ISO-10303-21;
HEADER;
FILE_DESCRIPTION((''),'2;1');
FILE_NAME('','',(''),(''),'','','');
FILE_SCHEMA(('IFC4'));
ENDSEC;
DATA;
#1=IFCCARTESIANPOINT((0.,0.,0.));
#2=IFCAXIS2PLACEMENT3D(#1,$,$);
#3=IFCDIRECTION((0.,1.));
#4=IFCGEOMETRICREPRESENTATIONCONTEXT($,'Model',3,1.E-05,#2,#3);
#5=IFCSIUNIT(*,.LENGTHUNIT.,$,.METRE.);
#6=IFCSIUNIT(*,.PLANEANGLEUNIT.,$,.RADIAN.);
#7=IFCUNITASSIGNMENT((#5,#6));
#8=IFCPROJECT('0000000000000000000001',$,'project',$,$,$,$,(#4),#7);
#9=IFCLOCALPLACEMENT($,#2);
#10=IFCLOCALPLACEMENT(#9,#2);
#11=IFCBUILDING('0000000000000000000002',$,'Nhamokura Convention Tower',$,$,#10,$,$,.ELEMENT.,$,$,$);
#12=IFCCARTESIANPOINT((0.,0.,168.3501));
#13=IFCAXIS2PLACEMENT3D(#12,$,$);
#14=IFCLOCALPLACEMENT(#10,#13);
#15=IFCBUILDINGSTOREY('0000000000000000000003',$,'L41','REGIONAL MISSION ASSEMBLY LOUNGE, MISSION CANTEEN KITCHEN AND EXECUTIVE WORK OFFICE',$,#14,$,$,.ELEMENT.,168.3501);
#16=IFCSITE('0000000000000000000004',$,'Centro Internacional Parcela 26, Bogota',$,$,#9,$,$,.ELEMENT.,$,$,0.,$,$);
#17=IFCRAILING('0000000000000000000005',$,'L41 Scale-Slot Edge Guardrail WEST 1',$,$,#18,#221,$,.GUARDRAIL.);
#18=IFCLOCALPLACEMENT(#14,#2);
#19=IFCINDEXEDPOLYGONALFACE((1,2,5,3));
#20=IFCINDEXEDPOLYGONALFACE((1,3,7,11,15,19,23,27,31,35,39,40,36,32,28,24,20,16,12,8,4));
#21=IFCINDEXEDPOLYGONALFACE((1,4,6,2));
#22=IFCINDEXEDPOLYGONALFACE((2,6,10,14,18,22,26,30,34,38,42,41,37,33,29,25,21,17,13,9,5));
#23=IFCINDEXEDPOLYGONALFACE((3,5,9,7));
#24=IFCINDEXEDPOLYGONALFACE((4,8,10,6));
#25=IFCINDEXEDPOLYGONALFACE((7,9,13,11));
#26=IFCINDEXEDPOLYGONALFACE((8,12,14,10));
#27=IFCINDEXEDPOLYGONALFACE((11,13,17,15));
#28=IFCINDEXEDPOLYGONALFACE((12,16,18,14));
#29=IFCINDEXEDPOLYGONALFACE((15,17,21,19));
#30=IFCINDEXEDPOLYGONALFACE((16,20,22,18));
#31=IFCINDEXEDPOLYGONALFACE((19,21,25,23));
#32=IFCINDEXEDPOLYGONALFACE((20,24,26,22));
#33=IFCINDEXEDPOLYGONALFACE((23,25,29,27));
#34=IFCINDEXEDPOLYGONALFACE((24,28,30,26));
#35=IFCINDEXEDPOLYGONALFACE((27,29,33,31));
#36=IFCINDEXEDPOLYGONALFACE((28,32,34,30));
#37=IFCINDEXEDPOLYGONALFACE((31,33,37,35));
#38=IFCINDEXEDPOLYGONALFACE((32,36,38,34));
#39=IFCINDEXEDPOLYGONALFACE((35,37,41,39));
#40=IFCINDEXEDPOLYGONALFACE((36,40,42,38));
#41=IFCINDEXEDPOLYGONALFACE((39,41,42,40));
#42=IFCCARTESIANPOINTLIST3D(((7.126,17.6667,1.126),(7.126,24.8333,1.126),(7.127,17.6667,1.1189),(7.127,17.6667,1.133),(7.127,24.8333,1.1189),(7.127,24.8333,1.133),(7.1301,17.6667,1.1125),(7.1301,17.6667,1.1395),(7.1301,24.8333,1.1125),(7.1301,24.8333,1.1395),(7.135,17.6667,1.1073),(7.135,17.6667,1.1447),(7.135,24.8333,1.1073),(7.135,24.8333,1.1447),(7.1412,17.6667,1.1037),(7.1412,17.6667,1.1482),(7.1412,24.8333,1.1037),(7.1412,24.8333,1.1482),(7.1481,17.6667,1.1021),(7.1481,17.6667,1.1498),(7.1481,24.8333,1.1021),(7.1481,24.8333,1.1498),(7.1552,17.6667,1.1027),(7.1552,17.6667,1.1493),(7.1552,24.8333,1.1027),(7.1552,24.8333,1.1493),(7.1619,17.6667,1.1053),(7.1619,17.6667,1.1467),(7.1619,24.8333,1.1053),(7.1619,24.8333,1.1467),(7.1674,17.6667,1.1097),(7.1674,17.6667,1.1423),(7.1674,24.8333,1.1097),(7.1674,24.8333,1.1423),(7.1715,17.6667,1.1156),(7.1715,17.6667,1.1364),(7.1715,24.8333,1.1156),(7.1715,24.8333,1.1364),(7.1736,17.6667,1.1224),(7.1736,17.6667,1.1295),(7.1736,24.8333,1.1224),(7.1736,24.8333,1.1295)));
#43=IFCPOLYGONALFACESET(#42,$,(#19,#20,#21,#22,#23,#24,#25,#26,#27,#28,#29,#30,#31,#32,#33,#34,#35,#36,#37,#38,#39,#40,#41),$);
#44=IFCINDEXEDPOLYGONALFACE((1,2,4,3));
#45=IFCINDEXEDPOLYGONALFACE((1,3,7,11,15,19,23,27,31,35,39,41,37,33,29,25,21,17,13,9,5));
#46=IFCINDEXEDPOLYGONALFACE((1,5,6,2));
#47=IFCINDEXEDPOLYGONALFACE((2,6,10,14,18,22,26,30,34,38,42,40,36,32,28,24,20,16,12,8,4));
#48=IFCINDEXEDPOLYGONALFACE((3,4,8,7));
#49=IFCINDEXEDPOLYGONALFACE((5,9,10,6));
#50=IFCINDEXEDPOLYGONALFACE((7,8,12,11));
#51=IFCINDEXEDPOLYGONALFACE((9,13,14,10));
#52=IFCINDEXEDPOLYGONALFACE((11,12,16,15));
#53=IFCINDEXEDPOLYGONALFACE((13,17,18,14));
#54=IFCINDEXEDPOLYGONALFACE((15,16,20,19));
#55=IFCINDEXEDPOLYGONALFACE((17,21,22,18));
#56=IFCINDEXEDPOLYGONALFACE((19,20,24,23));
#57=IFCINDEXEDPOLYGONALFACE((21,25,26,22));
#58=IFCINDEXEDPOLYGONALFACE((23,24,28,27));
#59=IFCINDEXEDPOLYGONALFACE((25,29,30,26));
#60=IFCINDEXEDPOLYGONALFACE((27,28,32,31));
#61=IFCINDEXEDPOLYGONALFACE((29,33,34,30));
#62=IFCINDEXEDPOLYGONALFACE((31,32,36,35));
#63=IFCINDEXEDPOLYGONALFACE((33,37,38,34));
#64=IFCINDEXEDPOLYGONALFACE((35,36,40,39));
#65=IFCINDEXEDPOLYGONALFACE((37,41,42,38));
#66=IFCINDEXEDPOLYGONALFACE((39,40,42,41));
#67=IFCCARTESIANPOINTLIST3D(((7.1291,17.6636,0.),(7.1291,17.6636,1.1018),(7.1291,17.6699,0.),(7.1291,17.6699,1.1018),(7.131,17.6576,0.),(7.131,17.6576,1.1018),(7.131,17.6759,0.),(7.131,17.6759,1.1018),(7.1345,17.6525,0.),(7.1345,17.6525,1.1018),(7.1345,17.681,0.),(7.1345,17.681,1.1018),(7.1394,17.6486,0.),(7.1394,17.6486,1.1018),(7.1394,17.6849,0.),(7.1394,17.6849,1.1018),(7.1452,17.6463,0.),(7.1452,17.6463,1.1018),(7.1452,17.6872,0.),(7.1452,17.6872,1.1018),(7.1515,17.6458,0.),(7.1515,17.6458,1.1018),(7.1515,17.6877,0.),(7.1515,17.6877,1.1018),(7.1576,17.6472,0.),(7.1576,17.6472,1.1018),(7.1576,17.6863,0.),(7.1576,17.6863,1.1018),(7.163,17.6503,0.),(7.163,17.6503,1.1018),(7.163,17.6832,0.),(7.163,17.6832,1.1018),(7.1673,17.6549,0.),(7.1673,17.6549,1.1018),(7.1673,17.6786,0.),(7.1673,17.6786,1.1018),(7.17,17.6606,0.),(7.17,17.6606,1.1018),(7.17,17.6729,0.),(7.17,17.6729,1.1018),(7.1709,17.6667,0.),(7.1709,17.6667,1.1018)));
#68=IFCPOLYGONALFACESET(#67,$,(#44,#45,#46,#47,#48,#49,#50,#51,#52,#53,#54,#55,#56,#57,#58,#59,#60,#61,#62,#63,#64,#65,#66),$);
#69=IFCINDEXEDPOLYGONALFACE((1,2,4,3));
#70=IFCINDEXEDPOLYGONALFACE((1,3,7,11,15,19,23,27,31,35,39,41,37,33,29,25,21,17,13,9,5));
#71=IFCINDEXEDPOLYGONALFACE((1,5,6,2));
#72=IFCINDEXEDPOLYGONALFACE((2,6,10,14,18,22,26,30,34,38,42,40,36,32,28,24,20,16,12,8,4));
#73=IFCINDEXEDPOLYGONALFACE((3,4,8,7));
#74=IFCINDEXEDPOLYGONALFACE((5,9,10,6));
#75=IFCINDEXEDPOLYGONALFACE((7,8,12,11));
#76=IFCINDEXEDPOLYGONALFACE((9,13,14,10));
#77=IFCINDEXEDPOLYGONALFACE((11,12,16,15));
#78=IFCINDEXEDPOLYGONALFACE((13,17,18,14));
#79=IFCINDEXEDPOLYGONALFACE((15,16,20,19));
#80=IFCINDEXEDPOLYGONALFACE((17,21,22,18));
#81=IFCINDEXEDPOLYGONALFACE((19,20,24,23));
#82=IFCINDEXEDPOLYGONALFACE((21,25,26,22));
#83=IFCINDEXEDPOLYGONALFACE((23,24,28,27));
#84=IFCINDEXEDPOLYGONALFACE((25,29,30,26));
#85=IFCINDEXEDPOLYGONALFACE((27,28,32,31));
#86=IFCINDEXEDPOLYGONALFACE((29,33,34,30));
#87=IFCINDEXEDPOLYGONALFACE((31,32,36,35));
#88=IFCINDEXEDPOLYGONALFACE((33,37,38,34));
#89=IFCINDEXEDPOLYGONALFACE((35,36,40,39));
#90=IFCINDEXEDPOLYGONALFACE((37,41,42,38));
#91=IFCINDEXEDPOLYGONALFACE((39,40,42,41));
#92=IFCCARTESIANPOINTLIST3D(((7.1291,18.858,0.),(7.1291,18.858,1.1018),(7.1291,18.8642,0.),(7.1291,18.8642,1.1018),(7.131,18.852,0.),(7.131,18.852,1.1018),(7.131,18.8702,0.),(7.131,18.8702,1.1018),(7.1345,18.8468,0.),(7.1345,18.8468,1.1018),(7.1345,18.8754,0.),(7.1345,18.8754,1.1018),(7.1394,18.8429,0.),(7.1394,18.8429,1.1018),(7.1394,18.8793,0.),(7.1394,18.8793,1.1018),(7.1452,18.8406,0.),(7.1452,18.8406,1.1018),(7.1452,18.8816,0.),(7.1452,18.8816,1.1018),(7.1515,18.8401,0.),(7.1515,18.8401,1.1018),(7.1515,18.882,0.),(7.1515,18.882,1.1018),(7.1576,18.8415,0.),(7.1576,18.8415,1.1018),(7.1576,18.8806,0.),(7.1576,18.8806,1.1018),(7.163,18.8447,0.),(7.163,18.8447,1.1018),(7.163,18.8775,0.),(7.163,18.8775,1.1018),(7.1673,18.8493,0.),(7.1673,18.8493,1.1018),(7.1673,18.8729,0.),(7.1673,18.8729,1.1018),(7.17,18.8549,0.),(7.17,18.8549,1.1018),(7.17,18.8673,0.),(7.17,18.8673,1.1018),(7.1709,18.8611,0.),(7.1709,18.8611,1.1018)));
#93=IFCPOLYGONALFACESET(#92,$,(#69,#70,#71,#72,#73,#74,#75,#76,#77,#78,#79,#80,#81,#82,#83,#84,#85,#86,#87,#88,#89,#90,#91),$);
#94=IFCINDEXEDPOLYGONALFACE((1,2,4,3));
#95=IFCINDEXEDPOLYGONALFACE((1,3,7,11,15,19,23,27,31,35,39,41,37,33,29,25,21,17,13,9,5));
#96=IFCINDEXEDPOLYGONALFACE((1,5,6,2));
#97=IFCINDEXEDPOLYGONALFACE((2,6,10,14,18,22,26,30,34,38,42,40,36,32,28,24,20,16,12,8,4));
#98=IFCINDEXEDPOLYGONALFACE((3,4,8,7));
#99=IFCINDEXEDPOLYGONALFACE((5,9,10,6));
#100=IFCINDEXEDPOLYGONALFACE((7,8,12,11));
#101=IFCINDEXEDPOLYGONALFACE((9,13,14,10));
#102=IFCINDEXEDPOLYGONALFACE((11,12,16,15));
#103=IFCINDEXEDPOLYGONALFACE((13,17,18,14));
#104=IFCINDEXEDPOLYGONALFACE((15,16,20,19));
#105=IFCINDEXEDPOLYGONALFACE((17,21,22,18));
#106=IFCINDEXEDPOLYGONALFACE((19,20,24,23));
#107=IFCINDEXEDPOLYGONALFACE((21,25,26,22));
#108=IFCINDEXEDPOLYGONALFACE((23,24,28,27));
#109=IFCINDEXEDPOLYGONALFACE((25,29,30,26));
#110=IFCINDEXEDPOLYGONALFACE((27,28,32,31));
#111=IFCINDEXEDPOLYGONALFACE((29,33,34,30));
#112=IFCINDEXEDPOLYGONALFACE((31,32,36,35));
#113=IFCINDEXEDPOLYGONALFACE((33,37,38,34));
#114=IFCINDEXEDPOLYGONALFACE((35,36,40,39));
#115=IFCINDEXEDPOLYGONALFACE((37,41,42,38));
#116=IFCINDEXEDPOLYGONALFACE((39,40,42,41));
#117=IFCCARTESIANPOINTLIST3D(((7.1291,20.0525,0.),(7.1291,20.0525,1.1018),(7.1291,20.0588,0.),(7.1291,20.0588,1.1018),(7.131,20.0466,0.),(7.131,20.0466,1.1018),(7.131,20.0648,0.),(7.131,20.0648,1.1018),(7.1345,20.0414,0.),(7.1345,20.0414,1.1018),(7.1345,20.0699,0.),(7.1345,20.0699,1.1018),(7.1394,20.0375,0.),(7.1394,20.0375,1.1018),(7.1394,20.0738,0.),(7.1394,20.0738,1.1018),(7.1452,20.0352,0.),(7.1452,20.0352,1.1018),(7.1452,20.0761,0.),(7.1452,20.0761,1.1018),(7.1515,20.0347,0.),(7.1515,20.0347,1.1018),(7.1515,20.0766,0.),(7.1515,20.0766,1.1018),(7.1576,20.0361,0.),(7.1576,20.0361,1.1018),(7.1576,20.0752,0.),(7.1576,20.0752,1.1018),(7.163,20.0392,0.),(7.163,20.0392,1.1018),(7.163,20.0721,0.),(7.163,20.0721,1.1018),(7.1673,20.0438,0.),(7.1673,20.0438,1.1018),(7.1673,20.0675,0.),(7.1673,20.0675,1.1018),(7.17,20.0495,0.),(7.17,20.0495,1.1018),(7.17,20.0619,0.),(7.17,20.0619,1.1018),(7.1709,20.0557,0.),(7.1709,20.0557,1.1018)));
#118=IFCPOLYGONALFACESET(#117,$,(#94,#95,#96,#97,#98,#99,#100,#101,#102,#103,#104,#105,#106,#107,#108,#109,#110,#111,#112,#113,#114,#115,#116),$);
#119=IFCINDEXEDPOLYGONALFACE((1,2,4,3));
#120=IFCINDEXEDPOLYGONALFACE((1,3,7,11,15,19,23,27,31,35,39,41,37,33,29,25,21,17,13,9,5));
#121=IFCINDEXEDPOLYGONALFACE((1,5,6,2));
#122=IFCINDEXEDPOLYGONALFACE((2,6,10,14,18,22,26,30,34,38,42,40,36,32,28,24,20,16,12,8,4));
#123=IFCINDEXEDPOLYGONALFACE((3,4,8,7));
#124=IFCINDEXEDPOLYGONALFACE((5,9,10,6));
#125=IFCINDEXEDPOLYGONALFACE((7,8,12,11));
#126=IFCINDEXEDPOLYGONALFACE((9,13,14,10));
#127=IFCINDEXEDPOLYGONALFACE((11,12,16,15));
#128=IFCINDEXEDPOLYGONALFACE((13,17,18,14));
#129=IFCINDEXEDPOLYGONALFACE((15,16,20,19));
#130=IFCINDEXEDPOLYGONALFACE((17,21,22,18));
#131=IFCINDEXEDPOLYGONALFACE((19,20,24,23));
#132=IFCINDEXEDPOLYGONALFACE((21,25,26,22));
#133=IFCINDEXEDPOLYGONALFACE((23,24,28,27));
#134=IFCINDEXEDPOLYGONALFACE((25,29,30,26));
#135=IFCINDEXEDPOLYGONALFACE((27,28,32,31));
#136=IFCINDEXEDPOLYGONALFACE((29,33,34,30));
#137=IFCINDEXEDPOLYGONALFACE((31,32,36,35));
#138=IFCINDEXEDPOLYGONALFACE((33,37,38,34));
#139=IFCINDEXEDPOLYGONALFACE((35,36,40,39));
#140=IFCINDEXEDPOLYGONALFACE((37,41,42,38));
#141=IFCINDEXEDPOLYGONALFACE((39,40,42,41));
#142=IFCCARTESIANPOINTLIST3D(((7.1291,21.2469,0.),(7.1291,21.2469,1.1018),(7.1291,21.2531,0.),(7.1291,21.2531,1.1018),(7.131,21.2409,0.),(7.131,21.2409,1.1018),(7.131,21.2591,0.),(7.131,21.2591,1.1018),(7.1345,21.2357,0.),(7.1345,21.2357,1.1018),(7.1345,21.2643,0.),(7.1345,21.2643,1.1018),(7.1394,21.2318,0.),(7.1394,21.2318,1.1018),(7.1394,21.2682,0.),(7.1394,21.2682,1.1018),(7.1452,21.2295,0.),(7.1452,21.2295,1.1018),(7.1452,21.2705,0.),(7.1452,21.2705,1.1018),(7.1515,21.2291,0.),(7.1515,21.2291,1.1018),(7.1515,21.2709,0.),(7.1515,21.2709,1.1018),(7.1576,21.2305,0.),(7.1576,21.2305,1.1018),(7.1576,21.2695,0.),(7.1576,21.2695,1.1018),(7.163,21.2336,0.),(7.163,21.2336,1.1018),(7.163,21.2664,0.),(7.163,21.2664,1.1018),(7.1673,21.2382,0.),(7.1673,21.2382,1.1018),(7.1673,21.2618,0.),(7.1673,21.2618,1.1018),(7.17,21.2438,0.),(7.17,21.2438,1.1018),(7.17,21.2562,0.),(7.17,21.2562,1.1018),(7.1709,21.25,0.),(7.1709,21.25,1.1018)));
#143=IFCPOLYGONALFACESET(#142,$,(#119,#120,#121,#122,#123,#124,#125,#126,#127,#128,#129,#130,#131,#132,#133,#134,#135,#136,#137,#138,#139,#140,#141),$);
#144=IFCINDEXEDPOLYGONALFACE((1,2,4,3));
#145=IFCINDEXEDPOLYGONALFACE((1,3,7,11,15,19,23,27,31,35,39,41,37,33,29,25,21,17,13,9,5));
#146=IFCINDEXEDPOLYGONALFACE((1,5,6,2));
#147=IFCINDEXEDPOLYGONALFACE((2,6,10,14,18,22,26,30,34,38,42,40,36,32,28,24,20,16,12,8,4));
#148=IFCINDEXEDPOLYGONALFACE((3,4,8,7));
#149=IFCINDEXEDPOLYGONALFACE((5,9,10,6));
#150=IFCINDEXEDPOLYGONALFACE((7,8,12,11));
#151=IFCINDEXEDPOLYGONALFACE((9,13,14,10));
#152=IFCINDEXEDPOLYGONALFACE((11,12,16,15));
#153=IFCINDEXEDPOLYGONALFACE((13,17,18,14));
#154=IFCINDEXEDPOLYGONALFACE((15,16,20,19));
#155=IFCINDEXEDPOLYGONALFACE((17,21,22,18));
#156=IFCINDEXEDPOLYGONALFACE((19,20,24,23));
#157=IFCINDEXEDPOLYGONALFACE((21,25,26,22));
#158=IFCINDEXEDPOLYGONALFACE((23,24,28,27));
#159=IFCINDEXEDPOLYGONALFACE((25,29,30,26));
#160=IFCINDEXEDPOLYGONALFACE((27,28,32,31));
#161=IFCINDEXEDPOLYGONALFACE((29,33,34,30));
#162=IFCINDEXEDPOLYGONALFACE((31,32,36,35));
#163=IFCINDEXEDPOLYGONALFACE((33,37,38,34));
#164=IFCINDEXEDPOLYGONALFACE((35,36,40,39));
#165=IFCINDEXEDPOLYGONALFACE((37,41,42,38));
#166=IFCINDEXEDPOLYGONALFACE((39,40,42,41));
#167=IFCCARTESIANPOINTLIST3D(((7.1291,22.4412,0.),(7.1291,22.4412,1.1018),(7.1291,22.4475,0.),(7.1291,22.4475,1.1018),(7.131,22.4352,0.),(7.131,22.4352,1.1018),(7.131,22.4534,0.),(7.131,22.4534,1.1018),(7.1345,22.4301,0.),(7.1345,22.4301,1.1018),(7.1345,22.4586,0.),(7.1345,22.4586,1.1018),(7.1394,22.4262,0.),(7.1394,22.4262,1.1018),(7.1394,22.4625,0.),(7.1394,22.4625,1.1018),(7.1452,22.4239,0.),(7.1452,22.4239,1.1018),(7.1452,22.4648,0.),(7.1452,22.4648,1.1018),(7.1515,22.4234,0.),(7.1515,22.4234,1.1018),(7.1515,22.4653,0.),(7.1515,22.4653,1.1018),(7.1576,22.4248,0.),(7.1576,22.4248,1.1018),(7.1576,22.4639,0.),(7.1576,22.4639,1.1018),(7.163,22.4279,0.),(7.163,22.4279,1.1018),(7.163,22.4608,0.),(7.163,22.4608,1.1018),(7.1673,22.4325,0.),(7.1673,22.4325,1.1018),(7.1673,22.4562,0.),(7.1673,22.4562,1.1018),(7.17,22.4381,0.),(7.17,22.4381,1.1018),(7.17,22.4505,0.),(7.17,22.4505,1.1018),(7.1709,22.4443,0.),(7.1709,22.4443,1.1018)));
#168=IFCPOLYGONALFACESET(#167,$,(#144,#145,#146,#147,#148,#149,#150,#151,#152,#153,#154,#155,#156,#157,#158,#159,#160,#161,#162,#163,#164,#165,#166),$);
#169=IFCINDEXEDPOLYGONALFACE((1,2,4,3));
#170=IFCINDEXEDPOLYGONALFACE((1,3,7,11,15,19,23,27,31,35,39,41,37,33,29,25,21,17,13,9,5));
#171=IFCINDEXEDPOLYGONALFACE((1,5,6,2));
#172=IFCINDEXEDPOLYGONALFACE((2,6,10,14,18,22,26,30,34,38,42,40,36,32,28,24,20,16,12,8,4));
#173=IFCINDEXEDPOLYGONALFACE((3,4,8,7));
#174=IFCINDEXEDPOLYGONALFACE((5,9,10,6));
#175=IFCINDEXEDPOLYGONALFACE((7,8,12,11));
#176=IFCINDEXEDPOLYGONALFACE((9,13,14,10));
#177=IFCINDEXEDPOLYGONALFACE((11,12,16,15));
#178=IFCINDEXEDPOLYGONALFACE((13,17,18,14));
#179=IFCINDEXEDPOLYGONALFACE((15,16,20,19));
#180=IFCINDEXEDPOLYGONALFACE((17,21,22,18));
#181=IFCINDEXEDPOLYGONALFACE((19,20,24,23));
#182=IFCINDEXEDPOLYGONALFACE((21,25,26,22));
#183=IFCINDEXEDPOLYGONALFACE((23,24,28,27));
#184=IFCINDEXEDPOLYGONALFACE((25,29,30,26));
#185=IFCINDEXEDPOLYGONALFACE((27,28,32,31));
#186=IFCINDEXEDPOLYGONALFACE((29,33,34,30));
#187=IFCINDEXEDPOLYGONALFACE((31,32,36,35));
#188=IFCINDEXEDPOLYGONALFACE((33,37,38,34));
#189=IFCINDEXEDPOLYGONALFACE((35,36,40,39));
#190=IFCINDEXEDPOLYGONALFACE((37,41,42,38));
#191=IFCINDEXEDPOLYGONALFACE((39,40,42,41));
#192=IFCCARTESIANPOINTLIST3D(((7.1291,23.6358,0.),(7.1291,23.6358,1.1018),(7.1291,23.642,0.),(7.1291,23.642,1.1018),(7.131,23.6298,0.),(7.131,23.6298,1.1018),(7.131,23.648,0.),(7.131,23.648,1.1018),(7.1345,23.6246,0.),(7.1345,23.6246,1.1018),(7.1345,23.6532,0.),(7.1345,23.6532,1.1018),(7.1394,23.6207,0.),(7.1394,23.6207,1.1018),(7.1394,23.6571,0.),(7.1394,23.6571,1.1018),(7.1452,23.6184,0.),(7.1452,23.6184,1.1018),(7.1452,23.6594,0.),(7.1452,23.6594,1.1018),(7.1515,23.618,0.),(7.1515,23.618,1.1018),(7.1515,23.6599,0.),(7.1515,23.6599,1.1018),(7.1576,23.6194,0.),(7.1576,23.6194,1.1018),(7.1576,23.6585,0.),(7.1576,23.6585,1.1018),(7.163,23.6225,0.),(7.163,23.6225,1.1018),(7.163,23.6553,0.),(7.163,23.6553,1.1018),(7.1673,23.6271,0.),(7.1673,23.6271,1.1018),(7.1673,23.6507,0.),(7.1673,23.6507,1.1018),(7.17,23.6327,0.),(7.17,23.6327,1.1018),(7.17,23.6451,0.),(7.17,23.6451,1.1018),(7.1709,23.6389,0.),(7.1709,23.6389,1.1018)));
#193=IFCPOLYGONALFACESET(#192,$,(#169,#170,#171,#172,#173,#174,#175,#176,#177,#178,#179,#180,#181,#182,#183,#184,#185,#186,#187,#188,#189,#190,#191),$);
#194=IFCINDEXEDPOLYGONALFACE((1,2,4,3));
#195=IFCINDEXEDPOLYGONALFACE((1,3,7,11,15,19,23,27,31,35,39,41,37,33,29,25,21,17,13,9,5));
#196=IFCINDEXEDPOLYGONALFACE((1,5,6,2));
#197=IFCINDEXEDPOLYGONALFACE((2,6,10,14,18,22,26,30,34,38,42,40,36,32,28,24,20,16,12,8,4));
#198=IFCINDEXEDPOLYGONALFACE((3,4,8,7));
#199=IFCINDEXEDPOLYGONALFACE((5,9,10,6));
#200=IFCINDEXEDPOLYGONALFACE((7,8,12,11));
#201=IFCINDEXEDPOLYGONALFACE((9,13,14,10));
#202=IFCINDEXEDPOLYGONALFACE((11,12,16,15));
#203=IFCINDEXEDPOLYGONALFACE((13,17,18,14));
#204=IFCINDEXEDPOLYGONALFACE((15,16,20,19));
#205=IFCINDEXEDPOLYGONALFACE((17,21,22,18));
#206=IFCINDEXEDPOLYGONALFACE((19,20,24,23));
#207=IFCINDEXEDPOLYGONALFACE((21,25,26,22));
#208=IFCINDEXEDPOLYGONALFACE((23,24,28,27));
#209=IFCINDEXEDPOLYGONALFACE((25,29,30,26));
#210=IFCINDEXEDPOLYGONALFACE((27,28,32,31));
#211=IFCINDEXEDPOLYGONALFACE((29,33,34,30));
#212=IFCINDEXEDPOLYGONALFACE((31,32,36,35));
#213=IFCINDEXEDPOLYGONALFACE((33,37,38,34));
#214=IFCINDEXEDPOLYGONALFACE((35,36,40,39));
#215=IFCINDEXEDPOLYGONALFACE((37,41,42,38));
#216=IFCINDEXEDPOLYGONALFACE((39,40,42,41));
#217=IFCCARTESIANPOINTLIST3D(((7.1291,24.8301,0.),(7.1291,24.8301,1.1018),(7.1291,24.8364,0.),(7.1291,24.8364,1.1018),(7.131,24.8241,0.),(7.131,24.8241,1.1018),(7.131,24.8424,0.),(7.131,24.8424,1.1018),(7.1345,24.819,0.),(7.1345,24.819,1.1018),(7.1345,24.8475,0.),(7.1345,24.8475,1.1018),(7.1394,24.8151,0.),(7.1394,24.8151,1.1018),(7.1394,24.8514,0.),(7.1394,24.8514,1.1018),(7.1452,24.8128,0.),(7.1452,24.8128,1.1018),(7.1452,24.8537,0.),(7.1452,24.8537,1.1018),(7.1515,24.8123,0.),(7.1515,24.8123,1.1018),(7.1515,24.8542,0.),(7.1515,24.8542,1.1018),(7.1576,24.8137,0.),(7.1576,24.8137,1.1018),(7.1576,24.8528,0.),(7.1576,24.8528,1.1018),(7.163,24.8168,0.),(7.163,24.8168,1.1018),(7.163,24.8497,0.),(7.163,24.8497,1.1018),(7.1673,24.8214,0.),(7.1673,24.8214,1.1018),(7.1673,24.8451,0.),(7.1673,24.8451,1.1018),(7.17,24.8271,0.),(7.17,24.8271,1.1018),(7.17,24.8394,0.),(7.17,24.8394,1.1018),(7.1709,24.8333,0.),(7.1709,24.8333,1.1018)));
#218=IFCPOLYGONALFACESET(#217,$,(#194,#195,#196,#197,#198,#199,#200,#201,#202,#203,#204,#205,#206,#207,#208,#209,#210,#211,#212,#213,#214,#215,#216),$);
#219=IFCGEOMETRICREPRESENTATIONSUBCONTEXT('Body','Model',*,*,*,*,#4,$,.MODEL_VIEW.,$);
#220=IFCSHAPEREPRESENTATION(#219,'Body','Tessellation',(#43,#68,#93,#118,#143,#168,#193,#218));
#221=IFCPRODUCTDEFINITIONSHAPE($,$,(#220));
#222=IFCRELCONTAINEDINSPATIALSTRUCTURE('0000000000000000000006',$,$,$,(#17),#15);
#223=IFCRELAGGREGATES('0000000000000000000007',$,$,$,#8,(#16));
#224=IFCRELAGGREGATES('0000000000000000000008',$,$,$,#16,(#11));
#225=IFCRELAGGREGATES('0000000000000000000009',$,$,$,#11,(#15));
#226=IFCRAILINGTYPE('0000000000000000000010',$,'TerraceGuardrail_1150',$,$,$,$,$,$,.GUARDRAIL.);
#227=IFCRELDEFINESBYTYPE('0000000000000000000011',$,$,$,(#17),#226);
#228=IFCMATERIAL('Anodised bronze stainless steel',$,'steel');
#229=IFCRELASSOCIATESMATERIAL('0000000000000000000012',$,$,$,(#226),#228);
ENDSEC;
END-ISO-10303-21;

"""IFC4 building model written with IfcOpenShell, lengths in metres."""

from ifc_helpers import new_model, si_unit, direction, frame, origin, origin_2d, place, context, subcontext, project, spatial, circle, extrude, material, type_object, element, save


model = new_model("IFC4")

# Units and contexts
model_context = context("Model", 3, precision=1e-05, world=origin(), true_north=direction((0.0, 1.0)))
body_context = subcontext(model_context, "Body", "Model", "MODEL_VIEW")
ifc_project = project(units=[si_unit("LENGTHUNIT", "METRE"), si_unit("PLANEANGLEUNIT", "RADIAN")], contexts=[model_context])

# Site, building, storey
site_placement = place(None, origin())
site = spatial("IfcSite", under=ifc_project, at=site_placement, Name="Centro Internacional Parcela 26, Bogota", CompositionType="ELEMENT", RefElevation=0.0)
building_placement = place(site_placement, origin())
building = spatial("IfcBuilding", under=site, at=building_placement, Name="Nhamokura Convention Tower", CompositionType="ELEMENT")
storey_placement = place(building_placement, frame((0.0, 0.0, 168.3501)))
storey = spatial("IfcBuildingStorey", under=building, at=storey_placement, Name="L41", Description="REGIONAL MISSION ASSEMBLY LOUNGE, MISSION CANTEEN KITCHEN AND EXECUTIVE WORK OFFICE", CompositionType="ELEMENT", Elevation=168.3501)

# Railing
ifc_material_1 = material(Name="Anodised bronze stainless steel", Category="steel")
railing_type = type_object("IfcRailingType", Name="TerraceGuardrail_1150", PredefinedType="GUARDRAIL", material=ifc_material_1)
railing_placement = place(storey_placement, frame((7.1499, 17.6667, 0.0)))
element("IfcRailing", 1, at=railing_placement, inside=storey, type_object=railing_type, Name="L41 Scale-Slot Edge Guardrail WEST 1", PredefinedType="GUARDRAIL", context=body_context, shape_type="SweptSolid", body=[
    extrude(circle(Radius=0.0239, at=origin_2d()), frame((0.0, 0.0, 1.126), z_axis=(0.0, 1.0, 0.0), x_axis=(-1.0, 0.0, 0.0)), (0.0, 0.0, 1.0), 7.1665),
    extrude(circle(Radius=0.021, at=origin_2d()), origin(), (0.0, 0.0, 1.0), 1.1018),
    extrude(circle(Radius=0.021, at=origin_2d()), frame((0.0, 1.1943, 0.0)), (0.0, 0.0, 1.0), 1.1018),
    extrude(circle(Radius=0.021, at=origin_2d()), frame((0.0, 2.3889, 0.0)), (0.0, 0.0, 1.0), 1.1018),
    extrude(circle(Radius=0.021, at=origin_2d()), frame((0.0, 3.5833, 0.0)), (0.0, 0.0, 1.0), 1.1018),
    extrude(circle(Radius=0.021, at=origin_2d()), frame((0.0, 4.7776, 0.0)), (0.0, 0.0, 1.0), 1.1018),
    extrude(circle(Radius=0.021, at=origin_2d()), frame((0.0, 5.9722, 0.0)), (0.0, 0.0, 1.0), 1.1018),
    extrude(circle(Radius=0.021, at=origin_2d()), frame((0.0, 7.1665, 0.0)), (0.0, 0.0, 1.0), 1.1018),
])

save(model, "model.ifc")
